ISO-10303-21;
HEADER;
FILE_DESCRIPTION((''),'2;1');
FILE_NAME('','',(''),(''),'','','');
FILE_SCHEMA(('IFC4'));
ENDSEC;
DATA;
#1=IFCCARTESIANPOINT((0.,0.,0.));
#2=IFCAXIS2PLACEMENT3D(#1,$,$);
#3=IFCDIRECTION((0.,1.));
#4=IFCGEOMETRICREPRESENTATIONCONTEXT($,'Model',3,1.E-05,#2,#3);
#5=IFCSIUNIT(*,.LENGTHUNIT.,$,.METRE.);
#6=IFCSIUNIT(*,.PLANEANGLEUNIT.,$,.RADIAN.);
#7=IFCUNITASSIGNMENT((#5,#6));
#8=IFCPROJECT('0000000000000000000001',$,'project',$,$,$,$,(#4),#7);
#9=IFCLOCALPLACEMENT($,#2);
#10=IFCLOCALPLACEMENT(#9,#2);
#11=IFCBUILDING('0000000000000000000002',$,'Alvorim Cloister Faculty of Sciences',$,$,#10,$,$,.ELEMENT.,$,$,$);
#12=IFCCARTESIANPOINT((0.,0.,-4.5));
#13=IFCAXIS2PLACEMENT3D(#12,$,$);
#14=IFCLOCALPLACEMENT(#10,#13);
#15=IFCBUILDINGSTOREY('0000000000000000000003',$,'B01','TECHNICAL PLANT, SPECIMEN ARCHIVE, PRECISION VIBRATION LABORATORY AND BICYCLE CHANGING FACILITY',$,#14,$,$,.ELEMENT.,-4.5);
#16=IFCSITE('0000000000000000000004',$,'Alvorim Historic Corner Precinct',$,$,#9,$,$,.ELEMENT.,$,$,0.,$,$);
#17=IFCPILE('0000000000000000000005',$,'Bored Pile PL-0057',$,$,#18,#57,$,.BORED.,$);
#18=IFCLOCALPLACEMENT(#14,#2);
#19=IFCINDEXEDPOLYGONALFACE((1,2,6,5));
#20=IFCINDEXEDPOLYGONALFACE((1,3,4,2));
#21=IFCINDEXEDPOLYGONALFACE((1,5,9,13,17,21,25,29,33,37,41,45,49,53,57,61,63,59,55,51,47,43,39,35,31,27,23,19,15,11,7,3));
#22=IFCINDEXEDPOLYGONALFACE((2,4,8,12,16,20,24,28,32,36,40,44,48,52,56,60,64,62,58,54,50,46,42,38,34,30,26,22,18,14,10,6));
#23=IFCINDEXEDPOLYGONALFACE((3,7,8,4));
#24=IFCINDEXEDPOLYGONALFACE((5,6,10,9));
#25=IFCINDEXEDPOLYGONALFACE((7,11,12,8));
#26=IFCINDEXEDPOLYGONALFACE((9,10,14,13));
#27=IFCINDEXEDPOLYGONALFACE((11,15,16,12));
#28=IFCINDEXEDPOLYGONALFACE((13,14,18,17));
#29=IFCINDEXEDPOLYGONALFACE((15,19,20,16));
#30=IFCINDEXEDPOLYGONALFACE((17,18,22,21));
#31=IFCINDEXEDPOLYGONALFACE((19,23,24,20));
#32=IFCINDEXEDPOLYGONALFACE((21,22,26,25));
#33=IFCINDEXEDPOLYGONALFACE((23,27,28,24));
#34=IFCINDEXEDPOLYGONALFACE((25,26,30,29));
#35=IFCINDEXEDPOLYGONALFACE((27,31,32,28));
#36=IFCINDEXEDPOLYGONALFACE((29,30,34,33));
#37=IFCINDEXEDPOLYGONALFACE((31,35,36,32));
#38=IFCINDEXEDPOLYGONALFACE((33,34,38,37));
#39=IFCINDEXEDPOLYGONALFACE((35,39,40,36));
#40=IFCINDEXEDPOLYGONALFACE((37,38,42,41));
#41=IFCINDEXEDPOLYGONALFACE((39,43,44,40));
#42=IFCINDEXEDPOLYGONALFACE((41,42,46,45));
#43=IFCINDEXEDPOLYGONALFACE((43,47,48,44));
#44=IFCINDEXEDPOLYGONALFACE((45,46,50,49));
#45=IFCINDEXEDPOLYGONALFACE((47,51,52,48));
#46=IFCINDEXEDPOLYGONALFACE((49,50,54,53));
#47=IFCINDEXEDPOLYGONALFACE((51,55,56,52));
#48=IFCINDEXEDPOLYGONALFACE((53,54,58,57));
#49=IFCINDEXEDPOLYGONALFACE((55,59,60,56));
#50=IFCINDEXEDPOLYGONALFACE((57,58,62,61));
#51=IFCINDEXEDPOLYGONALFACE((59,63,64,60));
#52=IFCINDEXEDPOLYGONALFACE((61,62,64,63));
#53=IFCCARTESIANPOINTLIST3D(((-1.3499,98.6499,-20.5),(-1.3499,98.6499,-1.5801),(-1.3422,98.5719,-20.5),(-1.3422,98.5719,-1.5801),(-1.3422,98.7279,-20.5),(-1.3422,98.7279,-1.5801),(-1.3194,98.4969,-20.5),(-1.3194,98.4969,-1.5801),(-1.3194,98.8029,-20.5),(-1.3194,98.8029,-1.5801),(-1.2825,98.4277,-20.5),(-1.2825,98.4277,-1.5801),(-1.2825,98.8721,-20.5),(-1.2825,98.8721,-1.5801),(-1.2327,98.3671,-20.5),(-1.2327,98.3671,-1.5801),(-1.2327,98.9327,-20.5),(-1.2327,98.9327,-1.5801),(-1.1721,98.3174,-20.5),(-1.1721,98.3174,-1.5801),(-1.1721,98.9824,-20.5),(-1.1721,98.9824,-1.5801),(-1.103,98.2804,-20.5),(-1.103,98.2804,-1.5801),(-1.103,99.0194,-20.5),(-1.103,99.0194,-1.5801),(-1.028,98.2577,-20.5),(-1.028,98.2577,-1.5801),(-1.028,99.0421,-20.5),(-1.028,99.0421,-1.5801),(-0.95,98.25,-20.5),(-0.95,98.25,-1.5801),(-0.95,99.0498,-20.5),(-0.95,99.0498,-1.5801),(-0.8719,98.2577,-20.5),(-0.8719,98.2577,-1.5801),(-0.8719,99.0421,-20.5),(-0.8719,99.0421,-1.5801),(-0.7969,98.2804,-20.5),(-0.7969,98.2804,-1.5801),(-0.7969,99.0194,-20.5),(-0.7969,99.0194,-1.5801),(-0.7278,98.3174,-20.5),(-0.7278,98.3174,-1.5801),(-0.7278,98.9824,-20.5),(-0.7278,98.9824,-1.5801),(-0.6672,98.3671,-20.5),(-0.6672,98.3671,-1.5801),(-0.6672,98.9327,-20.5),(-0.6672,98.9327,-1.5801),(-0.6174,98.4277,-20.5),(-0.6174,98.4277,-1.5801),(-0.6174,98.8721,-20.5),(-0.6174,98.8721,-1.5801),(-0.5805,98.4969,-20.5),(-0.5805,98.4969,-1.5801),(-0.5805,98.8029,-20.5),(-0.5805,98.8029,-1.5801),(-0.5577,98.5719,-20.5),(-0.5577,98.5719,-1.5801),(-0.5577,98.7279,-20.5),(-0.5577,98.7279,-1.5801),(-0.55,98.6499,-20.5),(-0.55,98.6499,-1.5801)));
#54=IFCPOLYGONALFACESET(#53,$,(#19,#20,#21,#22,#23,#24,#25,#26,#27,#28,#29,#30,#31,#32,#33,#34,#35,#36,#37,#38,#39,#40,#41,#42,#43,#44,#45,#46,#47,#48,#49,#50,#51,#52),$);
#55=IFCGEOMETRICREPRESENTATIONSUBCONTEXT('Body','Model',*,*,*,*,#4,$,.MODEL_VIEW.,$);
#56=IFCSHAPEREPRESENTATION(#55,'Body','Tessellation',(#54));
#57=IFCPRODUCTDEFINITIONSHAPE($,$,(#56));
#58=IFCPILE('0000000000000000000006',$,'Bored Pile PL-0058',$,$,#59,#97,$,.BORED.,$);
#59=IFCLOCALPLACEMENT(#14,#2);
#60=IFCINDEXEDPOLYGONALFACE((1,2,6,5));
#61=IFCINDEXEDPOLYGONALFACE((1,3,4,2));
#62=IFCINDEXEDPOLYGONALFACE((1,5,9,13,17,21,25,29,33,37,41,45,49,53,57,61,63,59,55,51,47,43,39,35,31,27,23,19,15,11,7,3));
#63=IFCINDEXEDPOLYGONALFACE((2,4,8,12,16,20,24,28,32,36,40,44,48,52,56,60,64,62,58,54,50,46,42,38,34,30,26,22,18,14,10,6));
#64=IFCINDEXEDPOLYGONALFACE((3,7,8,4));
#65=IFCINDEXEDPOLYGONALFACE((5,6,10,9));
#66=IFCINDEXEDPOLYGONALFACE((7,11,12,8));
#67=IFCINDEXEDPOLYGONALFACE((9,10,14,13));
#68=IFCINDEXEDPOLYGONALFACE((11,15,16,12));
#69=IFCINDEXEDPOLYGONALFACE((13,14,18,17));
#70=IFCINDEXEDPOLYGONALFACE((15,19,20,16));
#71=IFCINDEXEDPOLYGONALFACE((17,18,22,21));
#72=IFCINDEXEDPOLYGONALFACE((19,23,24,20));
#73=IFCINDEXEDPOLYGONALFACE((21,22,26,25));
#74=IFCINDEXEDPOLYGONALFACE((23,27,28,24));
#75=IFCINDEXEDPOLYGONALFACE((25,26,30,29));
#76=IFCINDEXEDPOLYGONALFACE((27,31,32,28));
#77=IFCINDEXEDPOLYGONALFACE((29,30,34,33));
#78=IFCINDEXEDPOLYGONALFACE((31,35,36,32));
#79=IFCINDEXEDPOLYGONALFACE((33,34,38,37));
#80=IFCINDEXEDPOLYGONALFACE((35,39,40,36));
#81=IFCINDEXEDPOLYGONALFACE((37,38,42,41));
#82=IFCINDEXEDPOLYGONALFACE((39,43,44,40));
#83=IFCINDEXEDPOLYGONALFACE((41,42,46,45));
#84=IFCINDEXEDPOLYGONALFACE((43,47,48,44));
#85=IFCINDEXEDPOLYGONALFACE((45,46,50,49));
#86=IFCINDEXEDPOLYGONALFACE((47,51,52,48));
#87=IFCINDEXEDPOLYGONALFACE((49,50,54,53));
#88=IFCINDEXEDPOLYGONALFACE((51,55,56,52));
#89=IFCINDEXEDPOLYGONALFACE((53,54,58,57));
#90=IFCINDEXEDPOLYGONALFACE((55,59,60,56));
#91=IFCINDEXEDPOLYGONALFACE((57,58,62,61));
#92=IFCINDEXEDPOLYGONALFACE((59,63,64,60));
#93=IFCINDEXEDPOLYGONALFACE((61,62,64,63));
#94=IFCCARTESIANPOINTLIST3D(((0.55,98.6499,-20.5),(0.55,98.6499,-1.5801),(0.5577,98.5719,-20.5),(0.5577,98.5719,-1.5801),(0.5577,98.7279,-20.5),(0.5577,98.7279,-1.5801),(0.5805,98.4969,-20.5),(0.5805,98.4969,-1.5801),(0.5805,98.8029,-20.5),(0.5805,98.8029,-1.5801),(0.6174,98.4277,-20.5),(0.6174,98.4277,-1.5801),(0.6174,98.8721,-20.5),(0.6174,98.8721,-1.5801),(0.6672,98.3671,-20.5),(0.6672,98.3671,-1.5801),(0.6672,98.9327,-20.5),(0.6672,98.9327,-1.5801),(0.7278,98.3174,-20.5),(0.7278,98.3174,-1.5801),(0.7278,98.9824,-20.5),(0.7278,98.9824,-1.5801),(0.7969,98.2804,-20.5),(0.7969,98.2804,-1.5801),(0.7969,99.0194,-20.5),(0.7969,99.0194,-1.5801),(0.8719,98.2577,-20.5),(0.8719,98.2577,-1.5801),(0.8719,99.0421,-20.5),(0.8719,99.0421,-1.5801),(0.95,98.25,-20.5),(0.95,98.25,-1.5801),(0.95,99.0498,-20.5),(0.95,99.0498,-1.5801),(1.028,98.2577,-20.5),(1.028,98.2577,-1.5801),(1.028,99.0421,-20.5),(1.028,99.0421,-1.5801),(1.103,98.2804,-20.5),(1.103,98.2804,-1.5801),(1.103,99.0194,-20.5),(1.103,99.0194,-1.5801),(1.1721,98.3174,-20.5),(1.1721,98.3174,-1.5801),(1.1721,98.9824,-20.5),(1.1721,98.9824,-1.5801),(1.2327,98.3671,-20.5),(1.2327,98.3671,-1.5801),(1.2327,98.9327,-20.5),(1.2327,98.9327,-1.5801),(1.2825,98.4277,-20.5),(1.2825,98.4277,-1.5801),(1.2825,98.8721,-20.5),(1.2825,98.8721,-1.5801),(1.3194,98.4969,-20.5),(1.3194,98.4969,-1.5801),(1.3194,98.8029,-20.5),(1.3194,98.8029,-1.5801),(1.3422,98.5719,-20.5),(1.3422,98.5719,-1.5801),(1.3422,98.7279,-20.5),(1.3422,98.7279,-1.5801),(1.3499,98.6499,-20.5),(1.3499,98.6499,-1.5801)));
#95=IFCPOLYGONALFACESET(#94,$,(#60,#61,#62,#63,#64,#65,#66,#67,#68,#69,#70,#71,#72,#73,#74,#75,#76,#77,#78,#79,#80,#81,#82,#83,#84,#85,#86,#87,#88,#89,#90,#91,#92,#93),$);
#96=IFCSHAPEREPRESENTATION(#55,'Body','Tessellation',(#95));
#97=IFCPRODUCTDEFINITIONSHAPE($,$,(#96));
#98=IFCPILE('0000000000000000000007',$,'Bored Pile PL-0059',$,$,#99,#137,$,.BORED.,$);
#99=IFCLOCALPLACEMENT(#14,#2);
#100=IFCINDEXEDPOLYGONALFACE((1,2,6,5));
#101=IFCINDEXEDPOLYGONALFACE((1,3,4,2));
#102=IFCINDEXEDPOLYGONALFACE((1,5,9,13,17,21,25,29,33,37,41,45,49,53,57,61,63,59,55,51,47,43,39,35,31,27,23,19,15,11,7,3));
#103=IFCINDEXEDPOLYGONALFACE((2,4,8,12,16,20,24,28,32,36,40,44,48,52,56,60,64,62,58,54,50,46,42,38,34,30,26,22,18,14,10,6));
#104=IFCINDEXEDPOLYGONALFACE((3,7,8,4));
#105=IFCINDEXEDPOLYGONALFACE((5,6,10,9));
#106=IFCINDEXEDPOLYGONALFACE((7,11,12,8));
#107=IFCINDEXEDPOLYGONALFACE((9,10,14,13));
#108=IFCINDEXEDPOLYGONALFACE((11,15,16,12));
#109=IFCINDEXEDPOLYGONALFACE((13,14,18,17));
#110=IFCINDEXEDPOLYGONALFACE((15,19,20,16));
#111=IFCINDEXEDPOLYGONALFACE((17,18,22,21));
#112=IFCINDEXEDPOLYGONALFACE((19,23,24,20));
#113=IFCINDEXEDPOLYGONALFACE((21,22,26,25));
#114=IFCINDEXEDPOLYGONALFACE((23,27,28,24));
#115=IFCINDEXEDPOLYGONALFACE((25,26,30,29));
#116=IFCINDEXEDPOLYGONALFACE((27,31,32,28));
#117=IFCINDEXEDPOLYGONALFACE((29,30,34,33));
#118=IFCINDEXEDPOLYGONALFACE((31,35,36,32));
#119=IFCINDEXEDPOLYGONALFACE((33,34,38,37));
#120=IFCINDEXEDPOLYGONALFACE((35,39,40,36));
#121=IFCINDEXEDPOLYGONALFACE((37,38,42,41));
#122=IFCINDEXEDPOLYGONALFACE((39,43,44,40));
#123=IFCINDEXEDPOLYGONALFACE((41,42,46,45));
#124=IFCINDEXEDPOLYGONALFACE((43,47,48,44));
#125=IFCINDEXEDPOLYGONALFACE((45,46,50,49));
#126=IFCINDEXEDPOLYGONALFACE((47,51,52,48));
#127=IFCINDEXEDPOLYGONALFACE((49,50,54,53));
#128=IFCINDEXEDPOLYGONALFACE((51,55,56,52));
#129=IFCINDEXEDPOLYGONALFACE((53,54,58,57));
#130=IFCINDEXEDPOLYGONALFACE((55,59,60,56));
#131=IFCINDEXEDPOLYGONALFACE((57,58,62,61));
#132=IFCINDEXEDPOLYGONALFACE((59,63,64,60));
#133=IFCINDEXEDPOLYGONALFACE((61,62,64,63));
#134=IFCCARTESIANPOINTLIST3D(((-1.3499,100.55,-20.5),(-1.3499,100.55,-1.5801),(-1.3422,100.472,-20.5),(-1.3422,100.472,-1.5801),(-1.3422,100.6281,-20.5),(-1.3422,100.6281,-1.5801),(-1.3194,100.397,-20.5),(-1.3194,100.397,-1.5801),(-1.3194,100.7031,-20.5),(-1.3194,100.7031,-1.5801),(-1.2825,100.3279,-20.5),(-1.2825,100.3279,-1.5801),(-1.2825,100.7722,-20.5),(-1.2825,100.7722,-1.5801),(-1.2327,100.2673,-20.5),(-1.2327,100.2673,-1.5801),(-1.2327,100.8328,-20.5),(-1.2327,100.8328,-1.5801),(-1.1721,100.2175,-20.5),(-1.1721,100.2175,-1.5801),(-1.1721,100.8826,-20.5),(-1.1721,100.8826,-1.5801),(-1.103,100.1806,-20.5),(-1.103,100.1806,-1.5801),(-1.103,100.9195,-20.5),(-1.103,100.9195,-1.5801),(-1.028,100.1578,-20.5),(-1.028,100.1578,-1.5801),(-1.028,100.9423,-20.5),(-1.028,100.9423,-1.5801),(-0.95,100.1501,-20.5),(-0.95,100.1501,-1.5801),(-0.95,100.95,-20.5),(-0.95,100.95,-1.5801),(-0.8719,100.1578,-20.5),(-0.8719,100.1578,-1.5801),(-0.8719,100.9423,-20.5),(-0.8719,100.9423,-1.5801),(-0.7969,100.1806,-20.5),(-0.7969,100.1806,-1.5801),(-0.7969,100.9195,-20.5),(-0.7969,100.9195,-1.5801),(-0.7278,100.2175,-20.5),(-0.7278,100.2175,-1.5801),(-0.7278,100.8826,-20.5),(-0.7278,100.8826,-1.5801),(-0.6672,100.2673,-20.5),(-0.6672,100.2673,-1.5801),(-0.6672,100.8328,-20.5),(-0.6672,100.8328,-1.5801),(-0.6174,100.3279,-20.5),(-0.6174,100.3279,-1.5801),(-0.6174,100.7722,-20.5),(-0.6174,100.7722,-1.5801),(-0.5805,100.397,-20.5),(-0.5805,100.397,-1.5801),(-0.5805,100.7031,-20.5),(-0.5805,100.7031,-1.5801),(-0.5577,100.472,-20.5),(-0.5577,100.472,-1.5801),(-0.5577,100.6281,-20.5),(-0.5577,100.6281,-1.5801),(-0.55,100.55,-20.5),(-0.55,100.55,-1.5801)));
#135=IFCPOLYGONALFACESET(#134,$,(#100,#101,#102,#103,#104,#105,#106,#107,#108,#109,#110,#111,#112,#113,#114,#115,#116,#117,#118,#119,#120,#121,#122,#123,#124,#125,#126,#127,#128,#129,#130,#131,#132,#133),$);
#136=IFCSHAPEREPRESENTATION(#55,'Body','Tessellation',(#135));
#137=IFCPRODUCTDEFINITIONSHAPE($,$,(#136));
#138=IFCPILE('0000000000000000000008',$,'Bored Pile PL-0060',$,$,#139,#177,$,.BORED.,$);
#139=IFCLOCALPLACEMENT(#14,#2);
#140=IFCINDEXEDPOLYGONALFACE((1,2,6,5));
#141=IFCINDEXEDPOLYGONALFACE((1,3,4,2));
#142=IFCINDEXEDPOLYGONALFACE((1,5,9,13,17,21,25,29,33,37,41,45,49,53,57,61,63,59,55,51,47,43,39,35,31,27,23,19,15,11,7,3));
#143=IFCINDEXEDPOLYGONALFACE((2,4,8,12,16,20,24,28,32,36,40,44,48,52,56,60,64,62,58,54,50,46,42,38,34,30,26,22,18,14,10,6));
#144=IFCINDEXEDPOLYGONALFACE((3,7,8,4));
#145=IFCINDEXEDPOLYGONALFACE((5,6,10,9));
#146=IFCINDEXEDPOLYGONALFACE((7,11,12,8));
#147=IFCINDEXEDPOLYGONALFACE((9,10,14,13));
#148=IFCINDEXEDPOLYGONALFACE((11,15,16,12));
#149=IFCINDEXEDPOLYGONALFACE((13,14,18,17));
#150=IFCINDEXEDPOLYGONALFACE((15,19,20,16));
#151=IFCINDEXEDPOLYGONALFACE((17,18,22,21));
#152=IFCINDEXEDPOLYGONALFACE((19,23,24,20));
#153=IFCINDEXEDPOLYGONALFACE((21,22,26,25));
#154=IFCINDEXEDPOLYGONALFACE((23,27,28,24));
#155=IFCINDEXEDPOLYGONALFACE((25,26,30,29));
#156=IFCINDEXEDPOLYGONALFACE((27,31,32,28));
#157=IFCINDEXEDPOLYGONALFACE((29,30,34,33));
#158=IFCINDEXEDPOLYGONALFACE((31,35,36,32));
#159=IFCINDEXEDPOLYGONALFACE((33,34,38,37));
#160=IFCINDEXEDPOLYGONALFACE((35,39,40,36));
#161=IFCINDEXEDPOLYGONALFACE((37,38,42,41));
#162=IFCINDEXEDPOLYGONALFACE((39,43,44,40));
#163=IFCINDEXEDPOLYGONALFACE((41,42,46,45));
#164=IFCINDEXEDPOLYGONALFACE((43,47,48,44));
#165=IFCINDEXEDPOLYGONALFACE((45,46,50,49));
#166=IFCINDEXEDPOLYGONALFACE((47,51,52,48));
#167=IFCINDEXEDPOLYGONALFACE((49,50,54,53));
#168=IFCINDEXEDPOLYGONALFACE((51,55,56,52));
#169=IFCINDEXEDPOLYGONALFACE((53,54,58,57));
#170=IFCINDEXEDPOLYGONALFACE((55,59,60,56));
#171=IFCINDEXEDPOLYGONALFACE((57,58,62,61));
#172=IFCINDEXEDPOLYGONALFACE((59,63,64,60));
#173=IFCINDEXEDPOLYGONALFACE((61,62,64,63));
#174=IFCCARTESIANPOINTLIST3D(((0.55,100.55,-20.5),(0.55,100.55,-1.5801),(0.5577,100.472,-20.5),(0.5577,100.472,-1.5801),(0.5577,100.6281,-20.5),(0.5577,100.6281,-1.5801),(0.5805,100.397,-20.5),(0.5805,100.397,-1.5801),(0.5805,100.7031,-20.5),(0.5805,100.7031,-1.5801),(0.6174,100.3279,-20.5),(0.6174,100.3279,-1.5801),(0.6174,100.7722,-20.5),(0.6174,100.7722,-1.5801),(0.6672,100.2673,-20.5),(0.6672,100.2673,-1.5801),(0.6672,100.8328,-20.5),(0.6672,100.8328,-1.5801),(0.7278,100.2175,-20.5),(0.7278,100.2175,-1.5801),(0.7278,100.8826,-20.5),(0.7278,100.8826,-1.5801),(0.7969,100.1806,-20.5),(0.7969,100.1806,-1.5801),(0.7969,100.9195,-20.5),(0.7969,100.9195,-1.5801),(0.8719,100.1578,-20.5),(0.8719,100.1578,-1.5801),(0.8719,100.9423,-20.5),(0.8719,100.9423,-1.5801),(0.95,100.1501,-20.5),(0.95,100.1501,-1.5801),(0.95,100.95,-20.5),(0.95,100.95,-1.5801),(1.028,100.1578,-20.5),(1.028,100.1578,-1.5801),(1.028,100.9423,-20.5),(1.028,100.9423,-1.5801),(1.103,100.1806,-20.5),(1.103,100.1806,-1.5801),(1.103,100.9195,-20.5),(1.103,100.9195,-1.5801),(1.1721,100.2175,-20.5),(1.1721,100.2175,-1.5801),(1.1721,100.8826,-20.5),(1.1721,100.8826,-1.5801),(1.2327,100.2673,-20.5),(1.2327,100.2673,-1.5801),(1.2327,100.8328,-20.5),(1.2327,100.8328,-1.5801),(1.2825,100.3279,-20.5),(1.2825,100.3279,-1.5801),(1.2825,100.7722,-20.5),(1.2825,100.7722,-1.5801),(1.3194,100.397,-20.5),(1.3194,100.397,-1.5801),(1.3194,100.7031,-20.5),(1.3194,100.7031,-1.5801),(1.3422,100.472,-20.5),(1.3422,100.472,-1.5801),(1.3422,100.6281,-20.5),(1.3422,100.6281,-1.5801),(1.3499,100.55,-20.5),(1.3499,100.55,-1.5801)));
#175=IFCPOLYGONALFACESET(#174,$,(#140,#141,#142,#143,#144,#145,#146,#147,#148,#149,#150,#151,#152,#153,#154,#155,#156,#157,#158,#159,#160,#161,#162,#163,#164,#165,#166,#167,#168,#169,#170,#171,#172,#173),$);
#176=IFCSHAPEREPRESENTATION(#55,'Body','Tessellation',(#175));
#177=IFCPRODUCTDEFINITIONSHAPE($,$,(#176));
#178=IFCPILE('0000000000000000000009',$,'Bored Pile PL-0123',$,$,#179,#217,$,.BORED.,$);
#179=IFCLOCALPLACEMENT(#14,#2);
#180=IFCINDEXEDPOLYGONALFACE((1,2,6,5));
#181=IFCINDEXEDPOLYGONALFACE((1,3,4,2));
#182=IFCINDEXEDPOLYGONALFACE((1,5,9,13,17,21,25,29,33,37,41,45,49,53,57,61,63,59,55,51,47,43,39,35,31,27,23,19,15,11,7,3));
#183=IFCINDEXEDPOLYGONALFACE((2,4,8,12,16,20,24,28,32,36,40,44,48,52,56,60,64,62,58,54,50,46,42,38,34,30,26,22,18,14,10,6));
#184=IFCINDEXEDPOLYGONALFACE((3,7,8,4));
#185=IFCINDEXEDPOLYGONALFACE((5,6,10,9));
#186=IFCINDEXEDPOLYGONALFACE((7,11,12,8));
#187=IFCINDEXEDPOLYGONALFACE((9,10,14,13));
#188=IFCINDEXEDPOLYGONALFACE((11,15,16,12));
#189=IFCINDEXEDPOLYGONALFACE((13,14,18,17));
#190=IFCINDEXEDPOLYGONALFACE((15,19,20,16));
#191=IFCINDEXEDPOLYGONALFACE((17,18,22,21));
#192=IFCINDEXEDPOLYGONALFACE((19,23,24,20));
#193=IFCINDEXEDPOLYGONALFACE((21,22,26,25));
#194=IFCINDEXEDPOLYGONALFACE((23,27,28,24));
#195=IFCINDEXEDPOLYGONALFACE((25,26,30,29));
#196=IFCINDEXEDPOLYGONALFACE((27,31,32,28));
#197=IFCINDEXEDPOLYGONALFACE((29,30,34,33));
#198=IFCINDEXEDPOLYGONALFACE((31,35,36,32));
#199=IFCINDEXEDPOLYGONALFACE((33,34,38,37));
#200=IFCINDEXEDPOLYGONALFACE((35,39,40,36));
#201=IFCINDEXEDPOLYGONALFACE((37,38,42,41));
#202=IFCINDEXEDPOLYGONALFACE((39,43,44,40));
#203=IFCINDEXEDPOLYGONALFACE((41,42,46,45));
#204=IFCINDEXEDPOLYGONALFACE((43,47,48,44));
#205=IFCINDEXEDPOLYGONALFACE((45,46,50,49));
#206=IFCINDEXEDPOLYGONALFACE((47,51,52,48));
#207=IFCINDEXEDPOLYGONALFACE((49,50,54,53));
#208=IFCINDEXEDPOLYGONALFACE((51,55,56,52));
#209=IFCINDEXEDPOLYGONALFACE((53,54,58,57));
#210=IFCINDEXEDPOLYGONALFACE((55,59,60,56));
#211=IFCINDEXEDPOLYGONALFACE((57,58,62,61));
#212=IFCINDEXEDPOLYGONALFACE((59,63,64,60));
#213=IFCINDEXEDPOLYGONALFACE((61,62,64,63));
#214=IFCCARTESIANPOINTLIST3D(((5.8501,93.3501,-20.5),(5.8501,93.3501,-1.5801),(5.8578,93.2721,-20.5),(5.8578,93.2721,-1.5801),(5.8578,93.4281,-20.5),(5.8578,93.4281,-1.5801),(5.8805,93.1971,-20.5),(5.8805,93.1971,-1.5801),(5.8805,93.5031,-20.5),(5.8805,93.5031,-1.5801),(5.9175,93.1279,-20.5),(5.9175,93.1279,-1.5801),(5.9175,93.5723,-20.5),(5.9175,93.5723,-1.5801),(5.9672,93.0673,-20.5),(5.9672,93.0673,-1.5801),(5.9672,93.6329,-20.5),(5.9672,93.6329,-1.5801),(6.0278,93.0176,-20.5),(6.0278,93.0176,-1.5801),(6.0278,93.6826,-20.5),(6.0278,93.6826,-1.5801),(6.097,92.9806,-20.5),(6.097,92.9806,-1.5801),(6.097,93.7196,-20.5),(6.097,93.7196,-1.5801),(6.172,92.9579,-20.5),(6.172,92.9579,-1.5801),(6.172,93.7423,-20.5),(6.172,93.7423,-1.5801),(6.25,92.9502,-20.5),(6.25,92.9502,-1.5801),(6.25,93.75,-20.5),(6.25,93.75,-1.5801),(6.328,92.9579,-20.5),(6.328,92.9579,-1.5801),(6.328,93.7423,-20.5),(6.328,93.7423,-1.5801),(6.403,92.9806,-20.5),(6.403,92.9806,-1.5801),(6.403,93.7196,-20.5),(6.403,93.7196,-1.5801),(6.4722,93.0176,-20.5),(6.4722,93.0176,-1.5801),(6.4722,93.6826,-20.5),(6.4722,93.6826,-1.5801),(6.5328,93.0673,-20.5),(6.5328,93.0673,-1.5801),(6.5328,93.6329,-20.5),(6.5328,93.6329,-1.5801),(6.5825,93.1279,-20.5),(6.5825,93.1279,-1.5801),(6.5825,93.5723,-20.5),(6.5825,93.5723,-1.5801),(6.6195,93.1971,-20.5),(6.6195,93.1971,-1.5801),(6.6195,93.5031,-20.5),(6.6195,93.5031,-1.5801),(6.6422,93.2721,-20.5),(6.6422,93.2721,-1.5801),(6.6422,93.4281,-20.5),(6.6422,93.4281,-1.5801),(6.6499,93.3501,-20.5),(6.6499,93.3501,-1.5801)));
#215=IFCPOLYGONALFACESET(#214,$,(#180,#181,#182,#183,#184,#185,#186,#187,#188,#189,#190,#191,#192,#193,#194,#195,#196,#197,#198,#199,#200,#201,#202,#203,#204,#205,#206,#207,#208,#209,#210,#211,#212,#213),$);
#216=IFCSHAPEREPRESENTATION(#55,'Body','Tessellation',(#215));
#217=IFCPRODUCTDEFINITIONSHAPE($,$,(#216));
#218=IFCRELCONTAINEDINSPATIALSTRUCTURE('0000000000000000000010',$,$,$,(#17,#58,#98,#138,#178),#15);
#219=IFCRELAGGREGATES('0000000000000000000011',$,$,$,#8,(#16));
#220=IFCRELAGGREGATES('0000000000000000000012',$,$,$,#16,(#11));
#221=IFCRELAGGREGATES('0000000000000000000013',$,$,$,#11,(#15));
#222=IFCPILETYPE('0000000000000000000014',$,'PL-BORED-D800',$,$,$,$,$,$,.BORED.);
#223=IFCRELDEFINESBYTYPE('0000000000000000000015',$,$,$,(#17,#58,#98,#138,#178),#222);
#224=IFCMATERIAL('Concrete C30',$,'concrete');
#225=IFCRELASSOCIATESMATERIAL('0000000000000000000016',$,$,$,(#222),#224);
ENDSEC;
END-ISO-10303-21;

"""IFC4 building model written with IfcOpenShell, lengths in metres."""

from ifc_helpers import new_model, si_unit, direction, frame, origin, origin_2d, place, context, subcontext, project, spatial, circle, extrude, material, material_profile, profile_set, type_object, element, save


model = new_model("IFC4")

# Units and contexts
model_context = context("Model", 3, precision=1e-05, world=origin(), true_north=direction((0.0, 1.0)))
body_context = subcontext(model_context, "Body", "Model", "MODEL_VIEW")
ifc_project = project(units=[si_unit("LENGTHUNIT", "METRE"), si_unit("PLANEANGLEUNIT", "RADIAN")], contexts=[model_context])

# Site, building, storey
site_placement = place(None, origin())
site = spatial("IfcSite", under=ifc_project, at=site_placement, Name="Alvorim Historic Corner Precinct", CompositionType="ELEMENT", RefElevation=0.0)
building_placement = place(site_placement, origin())
building = spatial("IfcBuilding", under=site, at=building_placement, Name="Alvorim Cloister Faculty of Sciences", CompositionType="ELEMENT")
storey_placement = place(building_placement, frame((0.0, 0.0, -4.5)))
storey = spatial("IfcBuildingStorey", under=building, at=storey_placement, Name="B01", Description="TECHNICAL PLANT, SPECIMEN ARCHIVE, PRECISION VIBRATION LABORATORY AND BICYCLE CHANGING FACILITY", CompositionType="ELEMENT", Elevation=-4.5)

# Piles
ifc_material_1 = material(Name="Concrete C30", Category="concrete")
ifc_material_profile_1 = material_profile(ifc_material_1, circle(Radius=0.3999, at=origin_2d()), Name="PILE-D800")
ifc_profile_set_1 = profile_set([ifc_material_profile_1], Name="Concrete C30")
pile_type = type_object("IfcPileType", Name="PL-BORED-D800", PredefinedType="BORED", material=ifc_profile_set_1)
for number, where, z_axis, x_axis, name in (
    (1, (-0.95, 98.6499, -1.5801), (0.0, 0.0, -1.0), (1.0, 0.0, 0.0), "Bored Pile PL-0057"),
    (2, (0.95, 98.6499, -1.5801), (0.0, 0.0, -1.0), (1.0, 0.0, 0.0), "Bored Pile PL-0058"),
    (3, (-0.95, 100.55, -1.5801), (0.0, 0.0, -1.0), (1.0, 0.0, 0.0), "Bored Pile PL-0059"),
    (4, (0.95, 100.55, -1.5801), (0.0, 0.0, -1.0), (1.0, 0.0, 0.0), "Bored Pile PL-0060"),
    (5, (6.25, 93.3501, -1.5801), (0.0, 0.0, -1.0), (1.0, 0.0, 0.0), "Bored Pile PL-0123"),
):
    element("IfcPile", number, at=place(storey_placement, frame(where, z_axis=z_axis, x_axis=x_axis)), inside=storey, type_object=pile_type, Name=name, PredefinedType="BORED", context=body_context, shape_type="SweptSolid", body=[
        extrude(circle(Radius=0.3999, at=origin_2d()), origin(), (0.0, 0.0, 1.0), 18.9199),
    ])

save(model, "model.ifc")
